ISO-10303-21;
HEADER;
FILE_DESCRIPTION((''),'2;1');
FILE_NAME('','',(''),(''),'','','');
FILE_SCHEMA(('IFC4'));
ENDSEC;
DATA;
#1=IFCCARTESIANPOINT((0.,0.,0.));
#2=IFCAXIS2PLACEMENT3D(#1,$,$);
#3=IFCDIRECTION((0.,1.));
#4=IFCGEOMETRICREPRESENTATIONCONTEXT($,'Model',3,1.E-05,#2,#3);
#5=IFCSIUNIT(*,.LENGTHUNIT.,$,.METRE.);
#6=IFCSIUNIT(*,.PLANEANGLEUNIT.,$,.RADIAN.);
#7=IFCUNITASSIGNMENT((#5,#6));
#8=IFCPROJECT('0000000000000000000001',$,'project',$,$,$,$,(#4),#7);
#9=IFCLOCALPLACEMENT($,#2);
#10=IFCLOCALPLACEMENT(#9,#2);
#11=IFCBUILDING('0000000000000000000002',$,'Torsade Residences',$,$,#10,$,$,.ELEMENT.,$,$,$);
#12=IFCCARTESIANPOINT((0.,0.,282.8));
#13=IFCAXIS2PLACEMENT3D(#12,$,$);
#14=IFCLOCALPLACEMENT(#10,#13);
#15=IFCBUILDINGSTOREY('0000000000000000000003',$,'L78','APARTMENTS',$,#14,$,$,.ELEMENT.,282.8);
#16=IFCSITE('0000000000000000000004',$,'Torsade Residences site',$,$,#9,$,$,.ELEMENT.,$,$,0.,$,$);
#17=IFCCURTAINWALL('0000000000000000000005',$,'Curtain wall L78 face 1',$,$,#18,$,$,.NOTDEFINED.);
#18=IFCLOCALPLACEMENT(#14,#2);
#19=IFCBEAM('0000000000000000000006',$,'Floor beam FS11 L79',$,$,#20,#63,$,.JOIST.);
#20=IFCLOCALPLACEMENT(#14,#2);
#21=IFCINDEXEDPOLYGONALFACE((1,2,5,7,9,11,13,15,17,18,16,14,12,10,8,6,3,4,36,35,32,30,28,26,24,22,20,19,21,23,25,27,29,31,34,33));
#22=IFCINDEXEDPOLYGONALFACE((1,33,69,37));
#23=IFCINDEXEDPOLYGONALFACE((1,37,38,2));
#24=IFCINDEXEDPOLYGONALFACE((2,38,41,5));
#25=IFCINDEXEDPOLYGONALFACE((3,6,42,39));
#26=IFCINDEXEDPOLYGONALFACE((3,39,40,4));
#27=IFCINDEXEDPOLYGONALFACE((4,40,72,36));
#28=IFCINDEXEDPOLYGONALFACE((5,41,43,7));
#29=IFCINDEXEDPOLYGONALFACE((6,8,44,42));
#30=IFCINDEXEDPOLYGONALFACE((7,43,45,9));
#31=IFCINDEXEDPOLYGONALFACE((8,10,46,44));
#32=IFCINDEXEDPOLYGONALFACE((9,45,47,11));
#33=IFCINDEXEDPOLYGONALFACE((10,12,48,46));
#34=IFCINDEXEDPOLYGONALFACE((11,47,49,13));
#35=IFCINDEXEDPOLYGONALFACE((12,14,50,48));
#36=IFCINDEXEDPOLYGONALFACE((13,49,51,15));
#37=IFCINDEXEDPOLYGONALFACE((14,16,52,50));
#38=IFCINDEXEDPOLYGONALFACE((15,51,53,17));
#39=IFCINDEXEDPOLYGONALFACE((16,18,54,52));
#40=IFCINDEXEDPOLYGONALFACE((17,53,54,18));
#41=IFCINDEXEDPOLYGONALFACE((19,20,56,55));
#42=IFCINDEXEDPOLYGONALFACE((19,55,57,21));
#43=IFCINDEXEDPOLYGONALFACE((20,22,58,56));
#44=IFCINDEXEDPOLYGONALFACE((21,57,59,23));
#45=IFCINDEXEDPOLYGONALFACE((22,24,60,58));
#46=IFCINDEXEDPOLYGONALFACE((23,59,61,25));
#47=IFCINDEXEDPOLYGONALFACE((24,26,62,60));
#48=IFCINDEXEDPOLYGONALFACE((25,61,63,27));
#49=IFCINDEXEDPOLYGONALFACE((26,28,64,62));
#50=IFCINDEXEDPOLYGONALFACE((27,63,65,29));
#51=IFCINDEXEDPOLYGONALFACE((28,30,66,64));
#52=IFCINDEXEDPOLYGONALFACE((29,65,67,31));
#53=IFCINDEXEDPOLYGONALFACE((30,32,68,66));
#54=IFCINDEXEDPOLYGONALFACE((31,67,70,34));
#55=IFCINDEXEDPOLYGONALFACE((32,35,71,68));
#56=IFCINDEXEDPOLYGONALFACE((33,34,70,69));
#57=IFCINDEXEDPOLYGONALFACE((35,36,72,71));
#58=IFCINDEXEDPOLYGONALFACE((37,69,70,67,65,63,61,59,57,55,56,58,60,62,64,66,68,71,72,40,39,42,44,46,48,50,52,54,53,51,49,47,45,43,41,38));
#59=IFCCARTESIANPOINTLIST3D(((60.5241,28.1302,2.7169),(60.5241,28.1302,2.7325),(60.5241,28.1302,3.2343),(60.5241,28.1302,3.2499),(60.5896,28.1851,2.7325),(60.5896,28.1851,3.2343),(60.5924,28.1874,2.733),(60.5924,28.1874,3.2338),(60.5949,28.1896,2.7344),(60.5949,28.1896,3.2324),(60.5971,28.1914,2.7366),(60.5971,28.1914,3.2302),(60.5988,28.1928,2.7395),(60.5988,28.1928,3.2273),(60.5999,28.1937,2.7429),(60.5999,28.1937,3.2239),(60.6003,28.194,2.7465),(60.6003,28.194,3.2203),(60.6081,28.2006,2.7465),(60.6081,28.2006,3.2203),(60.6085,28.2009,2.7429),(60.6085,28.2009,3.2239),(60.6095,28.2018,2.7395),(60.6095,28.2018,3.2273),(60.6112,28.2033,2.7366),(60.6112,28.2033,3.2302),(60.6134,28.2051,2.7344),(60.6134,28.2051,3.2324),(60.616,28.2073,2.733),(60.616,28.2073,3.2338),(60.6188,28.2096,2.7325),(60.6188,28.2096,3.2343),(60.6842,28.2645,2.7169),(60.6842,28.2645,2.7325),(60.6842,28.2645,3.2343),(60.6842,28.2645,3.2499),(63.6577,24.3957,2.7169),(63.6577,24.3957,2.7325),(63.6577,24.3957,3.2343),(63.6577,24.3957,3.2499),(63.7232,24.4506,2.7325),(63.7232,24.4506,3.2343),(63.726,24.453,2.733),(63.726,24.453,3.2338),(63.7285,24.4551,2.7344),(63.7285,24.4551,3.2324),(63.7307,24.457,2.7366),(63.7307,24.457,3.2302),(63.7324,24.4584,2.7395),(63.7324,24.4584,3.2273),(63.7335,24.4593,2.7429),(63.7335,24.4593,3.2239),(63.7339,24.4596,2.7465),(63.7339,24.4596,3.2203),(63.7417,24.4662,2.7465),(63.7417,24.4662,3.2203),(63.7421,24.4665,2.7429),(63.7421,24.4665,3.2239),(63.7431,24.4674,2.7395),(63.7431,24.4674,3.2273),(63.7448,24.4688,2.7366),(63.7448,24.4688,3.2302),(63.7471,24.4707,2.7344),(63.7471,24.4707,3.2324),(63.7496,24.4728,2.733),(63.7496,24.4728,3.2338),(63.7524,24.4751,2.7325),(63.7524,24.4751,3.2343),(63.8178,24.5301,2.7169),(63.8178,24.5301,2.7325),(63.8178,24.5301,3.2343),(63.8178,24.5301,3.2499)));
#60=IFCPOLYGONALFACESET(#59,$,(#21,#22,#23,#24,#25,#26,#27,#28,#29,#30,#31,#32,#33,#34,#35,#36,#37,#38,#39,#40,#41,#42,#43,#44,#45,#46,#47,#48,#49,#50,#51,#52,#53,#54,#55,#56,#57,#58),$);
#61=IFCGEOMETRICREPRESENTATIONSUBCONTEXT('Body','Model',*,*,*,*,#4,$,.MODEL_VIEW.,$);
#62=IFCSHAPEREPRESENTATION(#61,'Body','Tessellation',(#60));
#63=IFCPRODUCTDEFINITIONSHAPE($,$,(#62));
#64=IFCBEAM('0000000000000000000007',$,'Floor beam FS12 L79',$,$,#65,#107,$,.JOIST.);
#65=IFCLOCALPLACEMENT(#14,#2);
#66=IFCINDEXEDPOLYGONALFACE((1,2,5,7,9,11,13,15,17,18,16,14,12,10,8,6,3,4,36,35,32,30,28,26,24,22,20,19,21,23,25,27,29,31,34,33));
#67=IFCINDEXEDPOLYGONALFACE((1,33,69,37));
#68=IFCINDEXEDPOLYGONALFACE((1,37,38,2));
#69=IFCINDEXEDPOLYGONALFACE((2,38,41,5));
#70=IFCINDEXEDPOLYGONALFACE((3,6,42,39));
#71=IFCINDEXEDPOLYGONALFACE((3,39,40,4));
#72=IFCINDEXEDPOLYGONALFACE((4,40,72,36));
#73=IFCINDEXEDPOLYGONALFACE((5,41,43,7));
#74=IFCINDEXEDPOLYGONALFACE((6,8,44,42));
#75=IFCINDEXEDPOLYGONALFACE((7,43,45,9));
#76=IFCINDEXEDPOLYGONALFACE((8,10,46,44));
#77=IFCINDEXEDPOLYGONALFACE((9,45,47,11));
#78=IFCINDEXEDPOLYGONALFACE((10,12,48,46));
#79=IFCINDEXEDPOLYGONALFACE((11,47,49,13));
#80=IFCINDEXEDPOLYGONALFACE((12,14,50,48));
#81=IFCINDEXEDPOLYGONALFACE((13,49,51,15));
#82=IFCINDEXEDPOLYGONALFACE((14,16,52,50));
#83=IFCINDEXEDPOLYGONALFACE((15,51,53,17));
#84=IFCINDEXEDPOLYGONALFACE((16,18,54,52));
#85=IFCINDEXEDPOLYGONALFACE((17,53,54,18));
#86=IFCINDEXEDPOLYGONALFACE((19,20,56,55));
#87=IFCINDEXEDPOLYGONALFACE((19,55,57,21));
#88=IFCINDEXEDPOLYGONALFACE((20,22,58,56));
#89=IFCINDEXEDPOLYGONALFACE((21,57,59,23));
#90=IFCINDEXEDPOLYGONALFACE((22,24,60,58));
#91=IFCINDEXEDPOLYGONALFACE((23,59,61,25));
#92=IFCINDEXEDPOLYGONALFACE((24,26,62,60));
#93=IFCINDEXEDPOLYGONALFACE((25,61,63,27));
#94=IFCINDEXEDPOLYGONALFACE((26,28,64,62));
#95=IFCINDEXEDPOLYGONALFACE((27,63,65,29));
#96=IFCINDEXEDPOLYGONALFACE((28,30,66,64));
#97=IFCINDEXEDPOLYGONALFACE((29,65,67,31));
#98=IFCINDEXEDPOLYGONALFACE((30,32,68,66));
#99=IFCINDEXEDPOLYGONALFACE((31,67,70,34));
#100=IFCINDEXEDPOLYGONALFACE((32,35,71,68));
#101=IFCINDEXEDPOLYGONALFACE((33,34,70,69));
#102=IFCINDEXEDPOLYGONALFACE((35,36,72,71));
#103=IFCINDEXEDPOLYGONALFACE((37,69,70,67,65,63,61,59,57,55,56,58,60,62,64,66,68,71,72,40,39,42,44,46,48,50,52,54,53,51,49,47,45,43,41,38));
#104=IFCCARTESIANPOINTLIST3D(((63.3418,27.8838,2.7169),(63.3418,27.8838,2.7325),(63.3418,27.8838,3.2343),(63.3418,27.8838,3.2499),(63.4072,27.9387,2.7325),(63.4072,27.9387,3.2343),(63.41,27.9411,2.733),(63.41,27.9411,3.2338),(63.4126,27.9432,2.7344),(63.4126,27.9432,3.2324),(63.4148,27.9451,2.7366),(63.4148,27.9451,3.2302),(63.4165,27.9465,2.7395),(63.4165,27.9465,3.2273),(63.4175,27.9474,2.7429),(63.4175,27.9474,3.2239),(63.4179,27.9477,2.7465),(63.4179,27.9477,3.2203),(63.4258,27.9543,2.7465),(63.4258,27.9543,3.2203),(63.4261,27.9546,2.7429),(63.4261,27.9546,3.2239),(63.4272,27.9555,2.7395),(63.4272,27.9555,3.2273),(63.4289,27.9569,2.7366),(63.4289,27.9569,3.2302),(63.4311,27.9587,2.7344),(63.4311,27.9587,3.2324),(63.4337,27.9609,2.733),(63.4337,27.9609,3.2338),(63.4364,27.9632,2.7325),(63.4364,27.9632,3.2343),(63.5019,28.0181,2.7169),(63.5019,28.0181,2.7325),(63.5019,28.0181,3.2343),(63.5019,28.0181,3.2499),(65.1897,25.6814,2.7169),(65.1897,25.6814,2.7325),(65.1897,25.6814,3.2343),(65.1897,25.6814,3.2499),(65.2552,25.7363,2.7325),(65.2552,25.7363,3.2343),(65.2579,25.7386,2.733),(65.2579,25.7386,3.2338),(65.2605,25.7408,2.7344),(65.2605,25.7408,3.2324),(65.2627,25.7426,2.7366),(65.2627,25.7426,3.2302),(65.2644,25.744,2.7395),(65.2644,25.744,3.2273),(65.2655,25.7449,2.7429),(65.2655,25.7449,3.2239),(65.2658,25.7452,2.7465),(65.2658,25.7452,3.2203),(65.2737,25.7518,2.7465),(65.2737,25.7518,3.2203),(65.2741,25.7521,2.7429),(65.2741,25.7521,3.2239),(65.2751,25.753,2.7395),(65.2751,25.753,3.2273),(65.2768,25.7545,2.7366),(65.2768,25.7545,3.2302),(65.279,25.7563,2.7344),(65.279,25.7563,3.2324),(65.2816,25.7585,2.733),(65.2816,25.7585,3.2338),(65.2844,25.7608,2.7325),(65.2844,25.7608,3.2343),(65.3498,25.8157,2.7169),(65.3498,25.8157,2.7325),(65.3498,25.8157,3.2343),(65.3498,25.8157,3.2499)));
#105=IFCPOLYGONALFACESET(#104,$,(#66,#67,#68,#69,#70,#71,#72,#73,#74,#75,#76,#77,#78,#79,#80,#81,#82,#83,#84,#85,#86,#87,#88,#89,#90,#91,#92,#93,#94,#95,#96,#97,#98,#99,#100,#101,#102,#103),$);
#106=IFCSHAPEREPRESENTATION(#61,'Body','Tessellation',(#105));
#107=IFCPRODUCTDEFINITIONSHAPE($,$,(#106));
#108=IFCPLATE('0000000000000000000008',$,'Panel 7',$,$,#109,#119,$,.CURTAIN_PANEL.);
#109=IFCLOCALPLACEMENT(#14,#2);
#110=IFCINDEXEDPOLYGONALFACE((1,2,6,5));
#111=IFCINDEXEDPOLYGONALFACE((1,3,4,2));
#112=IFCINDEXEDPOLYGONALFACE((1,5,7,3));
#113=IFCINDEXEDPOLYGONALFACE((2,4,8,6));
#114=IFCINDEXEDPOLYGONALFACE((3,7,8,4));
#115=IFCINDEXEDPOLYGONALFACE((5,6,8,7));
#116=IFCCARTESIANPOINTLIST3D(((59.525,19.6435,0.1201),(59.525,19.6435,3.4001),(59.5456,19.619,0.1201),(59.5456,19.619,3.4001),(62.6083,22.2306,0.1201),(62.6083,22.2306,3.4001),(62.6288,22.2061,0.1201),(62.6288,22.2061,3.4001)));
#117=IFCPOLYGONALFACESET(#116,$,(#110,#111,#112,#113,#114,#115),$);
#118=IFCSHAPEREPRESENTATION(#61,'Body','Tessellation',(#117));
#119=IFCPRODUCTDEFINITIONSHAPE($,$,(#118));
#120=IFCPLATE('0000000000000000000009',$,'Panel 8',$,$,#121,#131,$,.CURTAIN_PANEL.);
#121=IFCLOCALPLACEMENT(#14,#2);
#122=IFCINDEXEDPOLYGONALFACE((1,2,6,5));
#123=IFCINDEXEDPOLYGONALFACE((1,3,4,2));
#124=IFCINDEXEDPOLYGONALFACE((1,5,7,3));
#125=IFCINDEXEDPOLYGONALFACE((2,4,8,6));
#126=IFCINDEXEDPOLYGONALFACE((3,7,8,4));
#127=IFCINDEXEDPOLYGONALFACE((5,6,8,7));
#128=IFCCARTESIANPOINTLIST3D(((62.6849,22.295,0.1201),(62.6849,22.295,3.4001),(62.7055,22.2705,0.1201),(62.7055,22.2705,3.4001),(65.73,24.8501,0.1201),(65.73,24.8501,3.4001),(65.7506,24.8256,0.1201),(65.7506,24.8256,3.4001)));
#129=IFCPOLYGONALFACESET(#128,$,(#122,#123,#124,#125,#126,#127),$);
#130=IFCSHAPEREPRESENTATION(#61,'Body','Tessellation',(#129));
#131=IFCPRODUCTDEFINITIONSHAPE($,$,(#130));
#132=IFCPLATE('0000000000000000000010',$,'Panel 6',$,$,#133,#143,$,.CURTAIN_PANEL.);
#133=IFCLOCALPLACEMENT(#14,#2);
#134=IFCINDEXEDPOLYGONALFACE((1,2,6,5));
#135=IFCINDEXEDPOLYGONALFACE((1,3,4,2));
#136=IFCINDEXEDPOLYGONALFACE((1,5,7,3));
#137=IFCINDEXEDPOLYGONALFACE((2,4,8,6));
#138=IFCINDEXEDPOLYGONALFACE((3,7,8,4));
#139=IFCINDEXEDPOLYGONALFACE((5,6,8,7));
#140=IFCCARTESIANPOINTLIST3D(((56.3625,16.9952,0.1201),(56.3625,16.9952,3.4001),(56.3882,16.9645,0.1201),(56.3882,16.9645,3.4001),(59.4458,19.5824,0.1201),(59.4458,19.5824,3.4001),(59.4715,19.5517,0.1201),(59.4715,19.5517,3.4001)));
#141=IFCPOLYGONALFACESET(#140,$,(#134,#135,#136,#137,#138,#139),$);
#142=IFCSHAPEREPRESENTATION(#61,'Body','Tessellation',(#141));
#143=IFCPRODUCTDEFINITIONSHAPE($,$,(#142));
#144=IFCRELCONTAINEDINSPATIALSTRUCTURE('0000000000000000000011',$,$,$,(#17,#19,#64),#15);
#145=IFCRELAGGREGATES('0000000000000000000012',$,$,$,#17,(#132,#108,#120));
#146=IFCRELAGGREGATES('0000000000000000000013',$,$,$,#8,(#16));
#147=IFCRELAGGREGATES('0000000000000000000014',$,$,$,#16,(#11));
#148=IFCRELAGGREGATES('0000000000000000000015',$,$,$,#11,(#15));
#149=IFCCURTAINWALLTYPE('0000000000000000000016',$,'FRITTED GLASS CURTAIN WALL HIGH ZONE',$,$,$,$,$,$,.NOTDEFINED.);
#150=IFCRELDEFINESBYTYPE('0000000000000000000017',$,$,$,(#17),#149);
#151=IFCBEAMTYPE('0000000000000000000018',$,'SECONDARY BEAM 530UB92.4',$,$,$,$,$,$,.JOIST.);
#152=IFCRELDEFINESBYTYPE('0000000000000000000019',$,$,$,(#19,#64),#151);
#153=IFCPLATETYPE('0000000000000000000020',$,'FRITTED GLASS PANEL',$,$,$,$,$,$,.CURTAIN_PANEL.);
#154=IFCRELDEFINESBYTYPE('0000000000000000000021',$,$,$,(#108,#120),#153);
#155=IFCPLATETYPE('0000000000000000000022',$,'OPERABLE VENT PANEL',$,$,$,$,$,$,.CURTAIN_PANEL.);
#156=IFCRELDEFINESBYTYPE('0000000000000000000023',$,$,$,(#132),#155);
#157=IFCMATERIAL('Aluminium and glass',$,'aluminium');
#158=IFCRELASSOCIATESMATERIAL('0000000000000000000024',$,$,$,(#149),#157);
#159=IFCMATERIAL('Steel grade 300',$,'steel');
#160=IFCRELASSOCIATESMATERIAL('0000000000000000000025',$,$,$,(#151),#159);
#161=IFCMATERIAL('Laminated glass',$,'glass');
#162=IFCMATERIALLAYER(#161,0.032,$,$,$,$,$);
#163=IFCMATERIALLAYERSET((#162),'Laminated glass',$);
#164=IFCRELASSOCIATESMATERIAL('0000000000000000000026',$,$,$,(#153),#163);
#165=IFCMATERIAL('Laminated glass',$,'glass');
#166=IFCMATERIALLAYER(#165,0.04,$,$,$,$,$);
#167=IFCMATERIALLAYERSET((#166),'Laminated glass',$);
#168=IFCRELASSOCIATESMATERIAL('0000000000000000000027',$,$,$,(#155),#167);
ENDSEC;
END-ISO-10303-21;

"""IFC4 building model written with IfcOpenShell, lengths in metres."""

from ifc_helpers import new_model, si_unit, direction, frame, origin, origin_2d, place, context, subcontext, project, spatial, rectangle, i_section, extrude, material, layer, layer_set, material_profile, profile_set, type_object, element, aggregate, save


model = new_model("IFC4")

# Units and contexts
model_context = context("Model", 3, precision=1e-05, world=origin(), true_north=direction((0.0, 1.0)))
body_context = subcontext(model_context, "Body", "Model", "MODEL_VIEW")
ifc_project = project(units=[si_unit("LENGTHUNIT", "METRE"), si_unit("PLANEANGLEUNIT", "RADIAN")], contexts=[model_context])

# Site, building, storey
site_placement = place(None, origin())
site = spatial("IfcSite", under=ifc_project, at=site_placement, Name="Torsade Residences site", CompositionType="ELEMENT", RefElevation=0.0)
building_placement = place(site_placement, origin())
building = spatial("IfcBuilding", under=site, at=building_placement, Name="Torsade Residences", CompositionType="ELEMENT")
storey_placement = place(building_placement, frame((0.0, 0.0, 282.8)))
storey = spatial("IfcBuildingStorey", under=building, at=storey_placement, Name="L78", Description="APARTMENTS", CompositionType="ELEMENT", Elevation=282.8)

# Curtain wall
ifc_material_1 = material(Name="Aluminium and glass", Category="aluminium")
curtain_wall_type = type_object("IfcCurtainWallType", Name="FRITTED GLASS CURTAIN WALL HIGH ZONE", PredefinedType="NOTDEFINED", material=ifc_material_1)
curtain_wall_placement = place(storey_placement, origin())
curtain_wall = element("IfcCurtainWall", 1, at=curtain_wall_placement, inside=storey, type_object=curtain_wall_type, Name="Curtain wall L78 face 1", PredefinedType="NOTDEFINED")

# Beams
ifc_material_2 = material(Name="Steel grade 300", Category="steel")
ifc_material_profile_1 = material_profile(ifc_material_2, i_section(OverallWidth=0.209, OverallDepth=0.533, WebThickness=0.0103, FlangeThickness=0.0156, FilletRadius=0.0139, at=origin_2d()), Name="530UB92.4")
ifc_profile_set_1 = profile_set([ifc_material_profile_1], Name="Steel grade 300")
beam_type_1 = type_object("IfcBeamType", Name="SECONDARY BEAM 530UB92.4", PredefinedType="JOIST", material=ifc_profile_set_1)
beam_1_placement = place(storey_placement, frame((63.7378, 24.4629, 2.9834), z_axis=(-0.642791, 0.766041, 0.0), x_axis=(-0.766041, -0.642791, 0.0)))
element("IfcBeam", 2, at=beam_1_placement, inside=storey, type_object=beam_type_1, Name="Floor beam FS11 L79", PredefinedType="JOIST", context=body_context, shape_type="SweptSolid", body=[
    extrude(i_section(OverallWidth=0.209, OverallDepth=0.533, WebThickness=0.0103, FlangeThickness=0.0156, FilletRadius=0.0139, at=origin_2d()), origin(), (0.0, 0.0, 1.0), 4.875),
])
beam_2_placement = place(storey_placement, frame((65.2698, 25.7485, 2.9834), z_axis=(-0.642762, 0.766066, 0.0), x_axis=(-0.766066, -0.642762, 0.0)))
element("IfcBeam", 3, at=beam_2_placement, inside=storey, type_object=beam_type_1, Name="Floor beam FS12 L79", PredefinedType="JOIST", context=body_context, shape_type="SweptSolid", body=[
    extrude(i_section(OverallWidth=0.209, OverallDepth=0.533, WebThickness=0.0103, FlangeThickness=0.0156, FilletRadius=0.0139, at=origin_2d()), origin(), (0.0, 0.0, 1.0), 2.875),
])

# Plates
ifc_material_3 = material(Name="Laminated glass", Category="glass")
ifc_layer_1 = layer(ifc_material_3, 0.032)
ifc_layer_set_1 = layer_set([ifc_layer_1], Name="Laminated glass")
plate_type_1 = type_object("IfcPlateType", Name="FRITTED GLASS PANEL", PredefinedType="CURTAIN_PANEL", material=ifc_layer_set_1)
plate_1_placement = place(storey_placement, frame((61.0769, 20.9248, 0.1201), z_axis=(0.0, 0.0, 1.0), x_axis=(0.766044, 0.642788, 0.0)))
plate_1 = element("IfcPlate", 4, at=plate_1_placement, type_object=plate_type_1, Name="Panel 7", PredefinedType="CURTAIN_PANEL", context=body_context, shape_type="SweptSolid", body=[
    extrude(rectangle(XDim=4.0249, YDim=0.032, at=origin_2d()), origin(), (0.0, 0.0, 1.0), 3.28),
])
plate_2_placement = place(storey_placement, frame((64.2178, 23.5603, 0.1201), z_axis=(0.0, 0.0, 1.0), x_axis=(0.766044, 0.642788, 0.0)))
plate_2 = element("IfcPlate", 5, at=plate_2_placement, type_object=plate_type_1, Name="Panel 8", PredefinedType="CURTAIN_PANEL", context=body_context, shape_type="SweptSolid", body=[
    extrude(rectangle(XDim=3.9751, YDim=0.032, at=origin_2d()), origin(), (0.0, 0.0, 1.0), 3.28),
])
ifc_material_4 = material(Name="Laminated glass", Category="glass")
ifc_layer_2 = layer(ifc_material_4, 0.04)
ifc_layer_set_2 = layer_set([ifc_layer_2], Name="Laminated glass")
plate_type_2 = type_object("IfcPlateType", Name="OPERABLE VENT PANEL", PredefinedType="CURTAIN_PANEL", material=ifc_layer_set_2)
plate_3_placement = place(storey_placement, frame((57.917, 18.2734, 0.1201), z_axis=(0.0, 0.0, 1.0), x_axis=(0.766044, 0.642788, 0.0)))
plate_3 = element("IfcPlate", 6, at=plate_3_placement, type_object=plate_type_2, Name="Panel 6", PredefinedType="CURTAIN_PANEL", context=body_context, shape_type="SweptSolid", body=[
    extrude(rectangle(XDim=4.0249, YDim=0.04, at=origin_2d()), origin(), (0.0, 0.0, 1.0), 3.28),
])
aggregate(curtain_wall, [plate_3, plate_1, plate_2])

save(model, "model.ifc")
